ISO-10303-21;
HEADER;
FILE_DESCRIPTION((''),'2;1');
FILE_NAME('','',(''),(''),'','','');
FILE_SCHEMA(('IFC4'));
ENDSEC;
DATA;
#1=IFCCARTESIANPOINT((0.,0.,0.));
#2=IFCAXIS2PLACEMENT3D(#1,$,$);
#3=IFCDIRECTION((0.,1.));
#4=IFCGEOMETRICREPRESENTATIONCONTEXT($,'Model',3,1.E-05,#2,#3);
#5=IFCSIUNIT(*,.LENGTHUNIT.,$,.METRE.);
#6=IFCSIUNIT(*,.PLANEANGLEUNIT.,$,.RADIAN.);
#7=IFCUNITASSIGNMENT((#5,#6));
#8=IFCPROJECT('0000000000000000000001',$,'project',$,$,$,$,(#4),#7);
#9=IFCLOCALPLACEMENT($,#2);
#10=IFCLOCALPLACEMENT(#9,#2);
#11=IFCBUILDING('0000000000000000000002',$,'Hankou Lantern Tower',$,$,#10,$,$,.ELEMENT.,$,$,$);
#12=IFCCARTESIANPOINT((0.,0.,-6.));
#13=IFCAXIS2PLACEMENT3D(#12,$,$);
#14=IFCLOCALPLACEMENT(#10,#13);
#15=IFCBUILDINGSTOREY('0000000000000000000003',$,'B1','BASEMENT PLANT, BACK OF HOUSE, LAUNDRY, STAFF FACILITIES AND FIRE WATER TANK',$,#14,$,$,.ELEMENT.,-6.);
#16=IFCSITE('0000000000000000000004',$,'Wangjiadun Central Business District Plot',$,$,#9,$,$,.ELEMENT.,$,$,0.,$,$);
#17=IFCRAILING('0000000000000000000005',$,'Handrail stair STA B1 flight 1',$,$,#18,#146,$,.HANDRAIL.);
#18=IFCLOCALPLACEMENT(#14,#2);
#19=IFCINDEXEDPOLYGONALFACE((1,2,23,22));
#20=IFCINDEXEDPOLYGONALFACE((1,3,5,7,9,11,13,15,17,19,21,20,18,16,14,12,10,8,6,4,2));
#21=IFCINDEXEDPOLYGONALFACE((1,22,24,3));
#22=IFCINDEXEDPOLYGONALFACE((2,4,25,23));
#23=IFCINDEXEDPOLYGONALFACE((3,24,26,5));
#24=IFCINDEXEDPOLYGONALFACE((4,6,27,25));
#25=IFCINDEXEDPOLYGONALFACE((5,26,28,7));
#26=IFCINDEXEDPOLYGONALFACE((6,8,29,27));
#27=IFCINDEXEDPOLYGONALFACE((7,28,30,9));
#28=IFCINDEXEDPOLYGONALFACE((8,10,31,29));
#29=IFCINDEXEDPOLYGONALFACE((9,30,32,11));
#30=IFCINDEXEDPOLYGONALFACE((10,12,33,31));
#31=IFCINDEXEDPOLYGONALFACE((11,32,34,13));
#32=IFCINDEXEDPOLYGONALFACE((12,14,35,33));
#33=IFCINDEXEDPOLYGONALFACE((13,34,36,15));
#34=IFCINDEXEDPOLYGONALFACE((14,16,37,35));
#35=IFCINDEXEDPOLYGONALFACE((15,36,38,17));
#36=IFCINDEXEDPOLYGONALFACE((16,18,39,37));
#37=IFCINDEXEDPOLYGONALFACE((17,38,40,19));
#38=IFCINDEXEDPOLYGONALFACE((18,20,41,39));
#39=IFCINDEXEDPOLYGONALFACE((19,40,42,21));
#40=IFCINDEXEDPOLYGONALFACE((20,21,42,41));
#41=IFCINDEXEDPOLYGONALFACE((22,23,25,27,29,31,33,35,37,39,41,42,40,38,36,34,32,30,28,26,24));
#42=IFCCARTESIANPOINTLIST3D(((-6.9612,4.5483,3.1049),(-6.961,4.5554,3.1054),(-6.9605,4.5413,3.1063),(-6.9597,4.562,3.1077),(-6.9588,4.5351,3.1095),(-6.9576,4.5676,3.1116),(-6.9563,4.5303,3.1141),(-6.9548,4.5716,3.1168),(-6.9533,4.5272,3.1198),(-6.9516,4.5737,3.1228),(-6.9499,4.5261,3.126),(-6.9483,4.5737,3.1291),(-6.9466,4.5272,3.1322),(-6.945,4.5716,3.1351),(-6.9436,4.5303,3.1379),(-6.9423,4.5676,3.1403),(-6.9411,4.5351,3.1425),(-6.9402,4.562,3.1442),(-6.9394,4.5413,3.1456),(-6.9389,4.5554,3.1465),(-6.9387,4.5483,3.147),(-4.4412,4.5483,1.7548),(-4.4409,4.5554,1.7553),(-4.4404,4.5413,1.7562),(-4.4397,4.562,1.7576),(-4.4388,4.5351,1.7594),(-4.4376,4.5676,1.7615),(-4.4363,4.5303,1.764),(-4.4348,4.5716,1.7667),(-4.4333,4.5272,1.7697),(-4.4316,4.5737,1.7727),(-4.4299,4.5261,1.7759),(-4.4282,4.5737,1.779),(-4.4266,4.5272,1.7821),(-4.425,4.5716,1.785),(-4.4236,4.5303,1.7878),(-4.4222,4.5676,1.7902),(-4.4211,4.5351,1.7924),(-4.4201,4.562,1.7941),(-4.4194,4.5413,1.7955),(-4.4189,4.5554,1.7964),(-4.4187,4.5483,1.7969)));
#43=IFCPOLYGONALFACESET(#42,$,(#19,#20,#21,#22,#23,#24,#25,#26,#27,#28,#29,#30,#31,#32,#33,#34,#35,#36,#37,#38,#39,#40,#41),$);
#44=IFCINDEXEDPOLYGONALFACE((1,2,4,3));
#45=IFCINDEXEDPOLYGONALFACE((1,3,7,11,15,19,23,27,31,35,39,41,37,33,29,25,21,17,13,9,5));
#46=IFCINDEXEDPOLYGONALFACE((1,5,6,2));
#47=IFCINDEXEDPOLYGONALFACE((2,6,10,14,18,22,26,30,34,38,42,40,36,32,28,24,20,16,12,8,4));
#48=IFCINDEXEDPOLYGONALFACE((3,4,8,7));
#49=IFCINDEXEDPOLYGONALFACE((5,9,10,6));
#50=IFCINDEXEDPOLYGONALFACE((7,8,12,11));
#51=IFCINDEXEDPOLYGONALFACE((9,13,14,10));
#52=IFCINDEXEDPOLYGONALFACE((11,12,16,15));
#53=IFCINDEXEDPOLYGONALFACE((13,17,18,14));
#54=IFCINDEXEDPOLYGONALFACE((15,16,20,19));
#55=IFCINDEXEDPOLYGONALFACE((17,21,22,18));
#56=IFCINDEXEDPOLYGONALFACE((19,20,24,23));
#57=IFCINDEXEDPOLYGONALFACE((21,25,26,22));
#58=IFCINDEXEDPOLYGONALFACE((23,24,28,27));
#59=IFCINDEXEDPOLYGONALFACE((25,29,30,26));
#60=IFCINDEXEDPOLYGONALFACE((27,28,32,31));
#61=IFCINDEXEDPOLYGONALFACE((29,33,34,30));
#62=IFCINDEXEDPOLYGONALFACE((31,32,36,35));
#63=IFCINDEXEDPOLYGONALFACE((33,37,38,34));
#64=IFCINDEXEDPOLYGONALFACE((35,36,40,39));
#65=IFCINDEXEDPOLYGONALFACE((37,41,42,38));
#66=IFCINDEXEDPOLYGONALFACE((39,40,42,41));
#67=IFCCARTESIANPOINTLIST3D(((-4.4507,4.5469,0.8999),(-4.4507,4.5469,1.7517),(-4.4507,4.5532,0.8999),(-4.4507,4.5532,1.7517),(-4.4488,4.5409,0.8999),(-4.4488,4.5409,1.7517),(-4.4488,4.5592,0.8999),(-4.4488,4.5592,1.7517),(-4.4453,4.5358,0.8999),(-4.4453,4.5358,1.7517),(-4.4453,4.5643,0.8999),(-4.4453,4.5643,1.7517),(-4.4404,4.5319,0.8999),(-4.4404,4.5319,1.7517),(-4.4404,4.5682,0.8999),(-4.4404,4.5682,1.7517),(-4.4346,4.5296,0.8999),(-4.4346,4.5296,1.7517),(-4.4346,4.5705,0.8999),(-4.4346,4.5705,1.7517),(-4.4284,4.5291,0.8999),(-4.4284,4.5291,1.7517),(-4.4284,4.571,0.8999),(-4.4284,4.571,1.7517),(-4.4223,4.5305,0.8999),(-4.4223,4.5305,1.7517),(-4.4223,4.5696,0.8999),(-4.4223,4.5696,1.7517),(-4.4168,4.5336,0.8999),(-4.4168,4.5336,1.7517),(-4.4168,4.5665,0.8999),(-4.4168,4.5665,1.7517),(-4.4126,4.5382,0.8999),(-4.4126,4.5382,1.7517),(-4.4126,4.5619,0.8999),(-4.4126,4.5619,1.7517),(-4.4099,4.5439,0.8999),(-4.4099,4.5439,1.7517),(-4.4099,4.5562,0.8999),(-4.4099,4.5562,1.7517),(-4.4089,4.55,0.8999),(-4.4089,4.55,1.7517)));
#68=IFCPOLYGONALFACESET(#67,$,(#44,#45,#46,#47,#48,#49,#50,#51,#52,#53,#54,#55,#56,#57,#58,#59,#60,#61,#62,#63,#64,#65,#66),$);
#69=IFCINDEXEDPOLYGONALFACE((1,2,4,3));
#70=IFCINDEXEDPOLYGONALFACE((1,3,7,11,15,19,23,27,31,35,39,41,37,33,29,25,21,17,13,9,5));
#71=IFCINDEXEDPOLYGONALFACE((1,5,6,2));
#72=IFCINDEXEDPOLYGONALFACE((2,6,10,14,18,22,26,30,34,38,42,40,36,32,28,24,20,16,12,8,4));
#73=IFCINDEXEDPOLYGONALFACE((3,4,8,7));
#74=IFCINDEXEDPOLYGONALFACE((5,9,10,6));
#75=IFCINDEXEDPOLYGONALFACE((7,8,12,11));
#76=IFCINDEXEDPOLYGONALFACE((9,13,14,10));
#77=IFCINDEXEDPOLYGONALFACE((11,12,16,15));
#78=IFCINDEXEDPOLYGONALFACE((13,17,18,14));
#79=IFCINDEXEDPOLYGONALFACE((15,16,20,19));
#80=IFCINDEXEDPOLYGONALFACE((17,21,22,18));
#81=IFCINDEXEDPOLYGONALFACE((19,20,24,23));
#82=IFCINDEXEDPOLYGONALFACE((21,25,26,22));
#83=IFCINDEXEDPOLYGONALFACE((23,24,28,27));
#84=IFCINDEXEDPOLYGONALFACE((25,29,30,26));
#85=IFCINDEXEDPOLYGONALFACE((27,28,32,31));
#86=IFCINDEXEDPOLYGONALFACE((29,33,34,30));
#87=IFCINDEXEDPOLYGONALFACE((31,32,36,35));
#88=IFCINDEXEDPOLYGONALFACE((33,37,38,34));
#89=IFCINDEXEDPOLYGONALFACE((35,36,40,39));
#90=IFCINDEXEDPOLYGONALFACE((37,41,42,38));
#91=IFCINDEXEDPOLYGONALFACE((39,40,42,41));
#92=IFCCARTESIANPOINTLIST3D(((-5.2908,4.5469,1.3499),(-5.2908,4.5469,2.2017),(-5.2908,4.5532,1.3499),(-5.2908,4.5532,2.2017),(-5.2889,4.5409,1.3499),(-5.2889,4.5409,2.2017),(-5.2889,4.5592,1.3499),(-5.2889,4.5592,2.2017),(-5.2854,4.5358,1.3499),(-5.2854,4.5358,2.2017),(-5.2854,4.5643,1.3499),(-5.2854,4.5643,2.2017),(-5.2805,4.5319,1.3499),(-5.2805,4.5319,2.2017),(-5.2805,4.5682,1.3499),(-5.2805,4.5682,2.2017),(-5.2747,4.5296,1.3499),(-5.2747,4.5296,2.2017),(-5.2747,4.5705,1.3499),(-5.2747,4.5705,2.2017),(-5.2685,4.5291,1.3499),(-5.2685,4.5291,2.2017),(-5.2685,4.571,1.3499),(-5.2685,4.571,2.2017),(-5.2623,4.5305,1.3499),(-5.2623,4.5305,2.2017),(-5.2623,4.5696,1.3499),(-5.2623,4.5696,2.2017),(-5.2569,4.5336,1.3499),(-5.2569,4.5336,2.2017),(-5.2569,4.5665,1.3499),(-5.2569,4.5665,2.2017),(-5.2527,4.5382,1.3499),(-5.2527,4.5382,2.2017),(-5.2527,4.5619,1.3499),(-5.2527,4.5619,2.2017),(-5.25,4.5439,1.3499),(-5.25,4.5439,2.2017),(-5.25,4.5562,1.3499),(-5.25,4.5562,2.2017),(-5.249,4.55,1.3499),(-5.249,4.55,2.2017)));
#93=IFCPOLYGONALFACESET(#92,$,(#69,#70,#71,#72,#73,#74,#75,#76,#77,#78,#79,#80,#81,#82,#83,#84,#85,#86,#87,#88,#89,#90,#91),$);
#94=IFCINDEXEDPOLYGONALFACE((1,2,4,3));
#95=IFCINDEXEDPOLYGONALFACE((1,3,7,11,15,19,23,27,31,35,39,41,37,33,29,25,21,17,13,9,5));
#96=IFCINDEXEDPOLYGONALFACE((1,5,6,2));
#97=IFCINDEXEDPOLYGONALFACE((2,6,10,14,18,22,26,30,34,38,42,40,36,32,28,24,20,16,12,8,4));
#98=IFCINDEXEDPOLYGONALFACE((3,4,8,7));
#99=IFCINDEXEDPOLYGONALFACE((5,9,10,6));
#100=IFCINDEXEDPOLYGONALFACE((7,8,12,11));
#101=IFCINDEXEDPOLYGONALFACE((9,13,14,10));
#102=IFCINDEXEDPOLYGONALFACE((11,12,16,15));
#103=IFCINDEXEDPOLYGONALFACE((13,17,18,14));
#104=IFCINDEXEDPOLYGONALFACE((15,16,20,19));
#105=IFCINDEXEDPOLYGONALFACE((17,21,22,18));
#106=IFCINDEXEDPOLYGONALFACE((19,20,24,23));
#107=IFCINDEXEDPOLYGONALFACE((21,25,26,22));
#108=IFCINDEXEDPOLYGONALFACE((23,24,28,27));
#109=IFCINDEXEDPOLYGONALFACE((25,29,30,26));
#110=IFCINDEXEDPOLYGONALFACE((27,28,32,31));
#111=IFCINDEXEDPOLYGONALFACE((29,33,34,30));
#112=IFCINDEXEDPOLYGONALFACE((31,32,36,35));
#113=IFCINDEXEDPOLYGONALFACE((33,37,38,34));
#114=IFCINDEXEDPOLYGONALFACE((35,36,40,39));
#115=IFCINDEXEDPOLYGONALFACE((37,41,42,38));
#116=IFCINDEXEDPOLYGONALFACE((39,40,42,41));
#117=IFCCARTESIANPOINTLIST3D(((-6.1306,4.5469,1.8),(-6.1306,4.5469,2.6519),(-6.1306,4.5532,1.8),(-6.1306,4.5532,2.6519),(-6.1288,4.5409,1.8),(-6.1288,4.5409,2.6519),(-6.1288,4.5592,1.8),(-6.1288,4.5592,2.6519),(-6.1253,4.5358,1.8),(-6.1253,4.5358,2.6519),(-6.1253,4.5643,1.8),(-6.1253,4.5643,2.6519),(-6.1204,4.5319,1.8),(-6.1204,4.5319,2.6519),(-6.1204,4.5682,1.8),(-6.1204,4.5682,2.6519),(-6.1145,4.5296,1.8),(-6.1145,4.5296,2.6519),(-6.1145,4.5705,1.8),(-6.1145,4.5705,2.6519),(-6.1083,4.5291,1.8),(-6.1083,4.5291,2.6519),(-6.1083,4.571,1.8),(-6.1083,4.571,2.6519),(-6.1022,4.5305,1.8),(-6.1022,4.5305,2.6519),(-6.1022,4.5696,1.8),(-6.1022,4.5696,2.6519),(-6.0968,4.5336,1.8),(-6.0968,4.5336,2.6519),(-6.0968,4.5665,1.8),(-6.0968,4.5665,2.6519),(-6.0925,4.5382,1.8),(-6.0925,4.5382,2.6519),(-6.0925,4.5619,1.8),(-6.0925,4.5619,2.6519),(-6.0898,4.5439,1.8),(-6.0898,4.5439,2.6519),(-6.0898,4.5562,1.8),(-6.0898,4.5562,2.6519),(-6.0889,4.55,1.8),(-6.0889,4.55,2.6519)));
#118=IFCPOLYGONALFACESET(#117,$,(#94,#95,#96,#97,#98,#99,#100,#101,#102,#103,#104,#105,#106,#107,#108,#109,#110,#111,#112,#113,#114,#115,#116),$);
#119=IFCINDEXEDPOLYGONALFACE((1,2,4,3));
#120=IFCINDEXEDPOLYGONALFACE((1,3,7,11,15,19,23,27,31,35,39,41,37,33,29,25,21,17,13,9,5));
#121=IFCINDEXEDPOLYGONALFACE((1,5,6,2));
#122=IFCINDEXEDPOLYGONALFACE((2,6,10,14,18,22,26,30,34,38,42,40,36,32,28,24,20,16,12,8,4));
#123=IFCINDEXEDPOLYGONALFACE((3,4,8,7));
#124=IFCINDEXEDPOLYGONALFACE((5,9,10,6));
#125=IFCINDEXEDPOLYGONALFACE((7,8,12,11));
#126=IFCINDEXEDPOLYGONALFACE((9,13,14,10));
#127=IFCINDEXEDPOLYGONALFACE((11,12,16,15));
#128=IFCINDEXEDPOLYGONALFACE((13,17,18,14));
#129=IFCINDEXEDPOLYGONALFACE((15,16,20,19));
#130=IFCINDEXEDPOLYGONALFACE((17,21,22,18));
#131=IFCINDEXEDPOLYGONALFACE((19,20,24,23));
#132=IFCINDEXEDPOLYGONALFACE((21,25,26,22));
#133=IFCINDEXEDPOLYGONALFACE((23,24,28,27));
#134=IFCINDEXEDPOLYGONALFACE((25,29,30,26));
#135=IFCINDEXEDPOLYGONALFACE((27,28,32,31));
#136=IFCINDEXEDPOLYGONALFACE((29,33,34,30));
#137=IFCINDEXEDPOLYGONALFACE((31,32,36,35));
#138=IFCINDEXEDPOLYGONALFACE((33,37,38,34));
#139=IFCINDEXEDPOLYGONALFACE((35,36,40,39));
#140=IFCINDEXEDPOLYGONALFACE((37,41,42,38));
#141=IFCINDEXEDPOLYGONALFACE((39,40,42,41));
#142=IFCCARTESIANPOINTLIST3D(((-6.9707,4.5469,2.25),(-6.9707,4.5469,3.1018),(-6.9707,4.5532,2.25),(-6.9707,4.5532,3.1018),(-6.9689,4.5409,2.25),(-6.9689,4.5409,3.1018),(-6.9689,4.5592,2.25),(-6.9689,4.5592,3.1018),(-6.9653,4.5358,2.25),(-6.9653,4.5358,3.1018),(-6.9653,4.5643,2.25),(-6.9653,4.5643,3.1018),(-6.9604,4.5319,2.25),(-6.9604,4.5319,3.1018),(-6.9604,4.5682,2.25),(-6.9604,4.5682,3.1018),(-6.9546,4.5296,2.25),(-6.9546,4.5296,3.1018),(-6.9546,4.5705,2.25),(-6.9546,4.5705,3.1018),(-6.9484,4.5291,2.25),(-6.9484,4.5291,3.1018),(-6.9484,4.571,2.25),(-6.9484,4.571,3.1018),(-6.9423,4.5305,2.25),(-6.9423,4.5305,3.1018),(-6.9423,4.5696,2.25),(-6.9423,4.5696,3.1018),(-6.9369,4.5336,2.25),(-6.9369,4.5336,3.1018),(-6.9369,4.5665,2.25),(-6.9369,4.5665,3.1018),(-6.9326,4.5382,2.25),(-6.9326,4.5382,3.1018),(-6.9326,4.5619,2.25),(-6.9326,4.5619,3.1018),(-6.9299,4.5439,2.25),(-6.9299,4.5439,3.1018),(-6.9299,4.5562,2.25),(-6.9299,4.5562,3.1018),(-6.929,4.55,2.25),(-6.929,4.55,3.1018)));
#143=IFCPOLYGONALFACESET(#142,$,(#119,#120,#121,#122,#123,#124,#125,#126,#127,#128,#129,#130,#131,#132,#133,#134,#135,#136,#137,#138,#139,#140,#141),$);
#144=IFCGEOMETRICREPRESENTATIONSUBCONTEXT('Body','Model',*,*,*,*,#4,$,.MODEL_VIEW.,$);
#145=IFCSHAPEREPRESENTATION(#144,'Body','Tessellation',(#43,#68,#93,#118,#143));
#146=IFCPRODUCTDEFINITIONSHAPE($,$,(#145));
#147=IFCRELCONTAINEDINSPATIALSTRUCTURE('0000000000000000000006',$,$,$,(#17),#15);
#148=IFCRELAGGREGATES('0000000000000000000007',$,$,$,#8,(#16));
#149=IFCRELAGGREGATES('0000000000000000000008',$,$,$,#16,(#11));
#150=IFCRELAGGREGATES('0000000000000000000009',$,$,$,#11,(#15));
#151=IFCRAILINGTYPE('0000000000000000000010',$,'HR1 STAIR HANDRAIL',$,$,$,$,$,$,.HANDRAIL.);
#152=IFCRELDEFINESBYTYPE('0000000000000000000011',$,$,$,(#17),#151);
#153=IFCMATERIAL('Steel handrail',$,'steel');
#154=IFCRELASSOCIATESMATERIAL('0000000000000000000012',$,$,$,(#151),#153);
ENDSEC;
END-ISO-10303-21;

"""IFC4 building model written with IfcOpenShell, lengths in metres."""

from ifc_helpers import new_model, si_unit, direction, frame, origin, origin_2d, place, context, subcontext, project, spatial, circle, extrude, material, type_object, element, save


model = new_model("IFC4")

# Units and contexts
model_context = context("Model", 3, precision=1e-05, world=origin(), true_north=direction((0.0, 1.0)))
body_context = subcontext(model_context, "Body", "Model", "MODEL_VIEW")
ifc_project = project(units=[si_unit("LENGTHUNIT", "METRE"), si_unit("PLANEANGLEUNIT", "RADIAN")], contexts=[model_context])

# Site, building, storey
site_placement = place(None, origin())
site = spatial("IfcSite", under=ifc_project, at=site_placement, Name="Wangjiadun Central Business District Plot", CompositionType="ELEMENT", RefElevation=0.0)
building_placement = place(site_placement, origin())
building = spatial("IfcBuilding", under=site, at=building_placement, Name="Hankou Lantern Tower", CompositionType="ELEMENT")
storey_placement = place(building_placement, frame((0.0, 0.0, -6.0)))
storey = spatial("IfcBuildingStorey", under=building, at=storey_placement, Name="B1", Description="BASEMENT PLANT, BACK OF HOUSE, LAUNDRY, STAFF FACILITIES AND FIRE WATER TANK", CompositionType="ELEMENT", Elevation=-6.0)

# Railing
ifc_material_1 = material(Name="Steel handrail", Category="steel")
railing_type = type_object("IfcRailingType", Name="HR1 STAIR HANDRAIL", PredefinedType="HANDRAIL", material=ifc_material_1)
railing_1_placement = place(storey_placement, frame((-4.4299, 4.55, 0.8999)))
element("IfcRailing", 1, at=railing_1_placement, inside=storey, type_object=railing_type, Name="Handrail stair STA B1 flight 1", PredefinedType="HANDRAIL", context=body_context, shape_type="SweptSolid", body=[
    extrude(circle(Radius=0.0239, at=origin_2d()), frame((0.0, 0.0, 0.876), z_axis=(-0.881467, 0.0, 0.472245), x_axis=(0.0, -1.0, 0.0)), (0.0, 0.0, 1.0), 2.8589),
    extrude(circle(Radius=0.021, at=origin_2d()), origin(), (0.0, 0.0, 1.0), 0.8518),
    extrude(circle(Radius=0.021, at=origin_2d()), frame((-0.8401, 0.0, 0.45)), (0.0, 0.0, 1.0), 0.8518),
    extrude(circle(Radius=0.021, at=origin_2d()), frame((-1.6799, 0.0, 0.9001)), (0.0, 0.0, 1.0), 0.8518),
    extrude(circle(Radius=0.021, at=origin_2d()), frame((-2.52, 0.0, 1.3501)), (0.0, 0.0, 1.0), 0.8518),
])

save(model, "model.ifc")
